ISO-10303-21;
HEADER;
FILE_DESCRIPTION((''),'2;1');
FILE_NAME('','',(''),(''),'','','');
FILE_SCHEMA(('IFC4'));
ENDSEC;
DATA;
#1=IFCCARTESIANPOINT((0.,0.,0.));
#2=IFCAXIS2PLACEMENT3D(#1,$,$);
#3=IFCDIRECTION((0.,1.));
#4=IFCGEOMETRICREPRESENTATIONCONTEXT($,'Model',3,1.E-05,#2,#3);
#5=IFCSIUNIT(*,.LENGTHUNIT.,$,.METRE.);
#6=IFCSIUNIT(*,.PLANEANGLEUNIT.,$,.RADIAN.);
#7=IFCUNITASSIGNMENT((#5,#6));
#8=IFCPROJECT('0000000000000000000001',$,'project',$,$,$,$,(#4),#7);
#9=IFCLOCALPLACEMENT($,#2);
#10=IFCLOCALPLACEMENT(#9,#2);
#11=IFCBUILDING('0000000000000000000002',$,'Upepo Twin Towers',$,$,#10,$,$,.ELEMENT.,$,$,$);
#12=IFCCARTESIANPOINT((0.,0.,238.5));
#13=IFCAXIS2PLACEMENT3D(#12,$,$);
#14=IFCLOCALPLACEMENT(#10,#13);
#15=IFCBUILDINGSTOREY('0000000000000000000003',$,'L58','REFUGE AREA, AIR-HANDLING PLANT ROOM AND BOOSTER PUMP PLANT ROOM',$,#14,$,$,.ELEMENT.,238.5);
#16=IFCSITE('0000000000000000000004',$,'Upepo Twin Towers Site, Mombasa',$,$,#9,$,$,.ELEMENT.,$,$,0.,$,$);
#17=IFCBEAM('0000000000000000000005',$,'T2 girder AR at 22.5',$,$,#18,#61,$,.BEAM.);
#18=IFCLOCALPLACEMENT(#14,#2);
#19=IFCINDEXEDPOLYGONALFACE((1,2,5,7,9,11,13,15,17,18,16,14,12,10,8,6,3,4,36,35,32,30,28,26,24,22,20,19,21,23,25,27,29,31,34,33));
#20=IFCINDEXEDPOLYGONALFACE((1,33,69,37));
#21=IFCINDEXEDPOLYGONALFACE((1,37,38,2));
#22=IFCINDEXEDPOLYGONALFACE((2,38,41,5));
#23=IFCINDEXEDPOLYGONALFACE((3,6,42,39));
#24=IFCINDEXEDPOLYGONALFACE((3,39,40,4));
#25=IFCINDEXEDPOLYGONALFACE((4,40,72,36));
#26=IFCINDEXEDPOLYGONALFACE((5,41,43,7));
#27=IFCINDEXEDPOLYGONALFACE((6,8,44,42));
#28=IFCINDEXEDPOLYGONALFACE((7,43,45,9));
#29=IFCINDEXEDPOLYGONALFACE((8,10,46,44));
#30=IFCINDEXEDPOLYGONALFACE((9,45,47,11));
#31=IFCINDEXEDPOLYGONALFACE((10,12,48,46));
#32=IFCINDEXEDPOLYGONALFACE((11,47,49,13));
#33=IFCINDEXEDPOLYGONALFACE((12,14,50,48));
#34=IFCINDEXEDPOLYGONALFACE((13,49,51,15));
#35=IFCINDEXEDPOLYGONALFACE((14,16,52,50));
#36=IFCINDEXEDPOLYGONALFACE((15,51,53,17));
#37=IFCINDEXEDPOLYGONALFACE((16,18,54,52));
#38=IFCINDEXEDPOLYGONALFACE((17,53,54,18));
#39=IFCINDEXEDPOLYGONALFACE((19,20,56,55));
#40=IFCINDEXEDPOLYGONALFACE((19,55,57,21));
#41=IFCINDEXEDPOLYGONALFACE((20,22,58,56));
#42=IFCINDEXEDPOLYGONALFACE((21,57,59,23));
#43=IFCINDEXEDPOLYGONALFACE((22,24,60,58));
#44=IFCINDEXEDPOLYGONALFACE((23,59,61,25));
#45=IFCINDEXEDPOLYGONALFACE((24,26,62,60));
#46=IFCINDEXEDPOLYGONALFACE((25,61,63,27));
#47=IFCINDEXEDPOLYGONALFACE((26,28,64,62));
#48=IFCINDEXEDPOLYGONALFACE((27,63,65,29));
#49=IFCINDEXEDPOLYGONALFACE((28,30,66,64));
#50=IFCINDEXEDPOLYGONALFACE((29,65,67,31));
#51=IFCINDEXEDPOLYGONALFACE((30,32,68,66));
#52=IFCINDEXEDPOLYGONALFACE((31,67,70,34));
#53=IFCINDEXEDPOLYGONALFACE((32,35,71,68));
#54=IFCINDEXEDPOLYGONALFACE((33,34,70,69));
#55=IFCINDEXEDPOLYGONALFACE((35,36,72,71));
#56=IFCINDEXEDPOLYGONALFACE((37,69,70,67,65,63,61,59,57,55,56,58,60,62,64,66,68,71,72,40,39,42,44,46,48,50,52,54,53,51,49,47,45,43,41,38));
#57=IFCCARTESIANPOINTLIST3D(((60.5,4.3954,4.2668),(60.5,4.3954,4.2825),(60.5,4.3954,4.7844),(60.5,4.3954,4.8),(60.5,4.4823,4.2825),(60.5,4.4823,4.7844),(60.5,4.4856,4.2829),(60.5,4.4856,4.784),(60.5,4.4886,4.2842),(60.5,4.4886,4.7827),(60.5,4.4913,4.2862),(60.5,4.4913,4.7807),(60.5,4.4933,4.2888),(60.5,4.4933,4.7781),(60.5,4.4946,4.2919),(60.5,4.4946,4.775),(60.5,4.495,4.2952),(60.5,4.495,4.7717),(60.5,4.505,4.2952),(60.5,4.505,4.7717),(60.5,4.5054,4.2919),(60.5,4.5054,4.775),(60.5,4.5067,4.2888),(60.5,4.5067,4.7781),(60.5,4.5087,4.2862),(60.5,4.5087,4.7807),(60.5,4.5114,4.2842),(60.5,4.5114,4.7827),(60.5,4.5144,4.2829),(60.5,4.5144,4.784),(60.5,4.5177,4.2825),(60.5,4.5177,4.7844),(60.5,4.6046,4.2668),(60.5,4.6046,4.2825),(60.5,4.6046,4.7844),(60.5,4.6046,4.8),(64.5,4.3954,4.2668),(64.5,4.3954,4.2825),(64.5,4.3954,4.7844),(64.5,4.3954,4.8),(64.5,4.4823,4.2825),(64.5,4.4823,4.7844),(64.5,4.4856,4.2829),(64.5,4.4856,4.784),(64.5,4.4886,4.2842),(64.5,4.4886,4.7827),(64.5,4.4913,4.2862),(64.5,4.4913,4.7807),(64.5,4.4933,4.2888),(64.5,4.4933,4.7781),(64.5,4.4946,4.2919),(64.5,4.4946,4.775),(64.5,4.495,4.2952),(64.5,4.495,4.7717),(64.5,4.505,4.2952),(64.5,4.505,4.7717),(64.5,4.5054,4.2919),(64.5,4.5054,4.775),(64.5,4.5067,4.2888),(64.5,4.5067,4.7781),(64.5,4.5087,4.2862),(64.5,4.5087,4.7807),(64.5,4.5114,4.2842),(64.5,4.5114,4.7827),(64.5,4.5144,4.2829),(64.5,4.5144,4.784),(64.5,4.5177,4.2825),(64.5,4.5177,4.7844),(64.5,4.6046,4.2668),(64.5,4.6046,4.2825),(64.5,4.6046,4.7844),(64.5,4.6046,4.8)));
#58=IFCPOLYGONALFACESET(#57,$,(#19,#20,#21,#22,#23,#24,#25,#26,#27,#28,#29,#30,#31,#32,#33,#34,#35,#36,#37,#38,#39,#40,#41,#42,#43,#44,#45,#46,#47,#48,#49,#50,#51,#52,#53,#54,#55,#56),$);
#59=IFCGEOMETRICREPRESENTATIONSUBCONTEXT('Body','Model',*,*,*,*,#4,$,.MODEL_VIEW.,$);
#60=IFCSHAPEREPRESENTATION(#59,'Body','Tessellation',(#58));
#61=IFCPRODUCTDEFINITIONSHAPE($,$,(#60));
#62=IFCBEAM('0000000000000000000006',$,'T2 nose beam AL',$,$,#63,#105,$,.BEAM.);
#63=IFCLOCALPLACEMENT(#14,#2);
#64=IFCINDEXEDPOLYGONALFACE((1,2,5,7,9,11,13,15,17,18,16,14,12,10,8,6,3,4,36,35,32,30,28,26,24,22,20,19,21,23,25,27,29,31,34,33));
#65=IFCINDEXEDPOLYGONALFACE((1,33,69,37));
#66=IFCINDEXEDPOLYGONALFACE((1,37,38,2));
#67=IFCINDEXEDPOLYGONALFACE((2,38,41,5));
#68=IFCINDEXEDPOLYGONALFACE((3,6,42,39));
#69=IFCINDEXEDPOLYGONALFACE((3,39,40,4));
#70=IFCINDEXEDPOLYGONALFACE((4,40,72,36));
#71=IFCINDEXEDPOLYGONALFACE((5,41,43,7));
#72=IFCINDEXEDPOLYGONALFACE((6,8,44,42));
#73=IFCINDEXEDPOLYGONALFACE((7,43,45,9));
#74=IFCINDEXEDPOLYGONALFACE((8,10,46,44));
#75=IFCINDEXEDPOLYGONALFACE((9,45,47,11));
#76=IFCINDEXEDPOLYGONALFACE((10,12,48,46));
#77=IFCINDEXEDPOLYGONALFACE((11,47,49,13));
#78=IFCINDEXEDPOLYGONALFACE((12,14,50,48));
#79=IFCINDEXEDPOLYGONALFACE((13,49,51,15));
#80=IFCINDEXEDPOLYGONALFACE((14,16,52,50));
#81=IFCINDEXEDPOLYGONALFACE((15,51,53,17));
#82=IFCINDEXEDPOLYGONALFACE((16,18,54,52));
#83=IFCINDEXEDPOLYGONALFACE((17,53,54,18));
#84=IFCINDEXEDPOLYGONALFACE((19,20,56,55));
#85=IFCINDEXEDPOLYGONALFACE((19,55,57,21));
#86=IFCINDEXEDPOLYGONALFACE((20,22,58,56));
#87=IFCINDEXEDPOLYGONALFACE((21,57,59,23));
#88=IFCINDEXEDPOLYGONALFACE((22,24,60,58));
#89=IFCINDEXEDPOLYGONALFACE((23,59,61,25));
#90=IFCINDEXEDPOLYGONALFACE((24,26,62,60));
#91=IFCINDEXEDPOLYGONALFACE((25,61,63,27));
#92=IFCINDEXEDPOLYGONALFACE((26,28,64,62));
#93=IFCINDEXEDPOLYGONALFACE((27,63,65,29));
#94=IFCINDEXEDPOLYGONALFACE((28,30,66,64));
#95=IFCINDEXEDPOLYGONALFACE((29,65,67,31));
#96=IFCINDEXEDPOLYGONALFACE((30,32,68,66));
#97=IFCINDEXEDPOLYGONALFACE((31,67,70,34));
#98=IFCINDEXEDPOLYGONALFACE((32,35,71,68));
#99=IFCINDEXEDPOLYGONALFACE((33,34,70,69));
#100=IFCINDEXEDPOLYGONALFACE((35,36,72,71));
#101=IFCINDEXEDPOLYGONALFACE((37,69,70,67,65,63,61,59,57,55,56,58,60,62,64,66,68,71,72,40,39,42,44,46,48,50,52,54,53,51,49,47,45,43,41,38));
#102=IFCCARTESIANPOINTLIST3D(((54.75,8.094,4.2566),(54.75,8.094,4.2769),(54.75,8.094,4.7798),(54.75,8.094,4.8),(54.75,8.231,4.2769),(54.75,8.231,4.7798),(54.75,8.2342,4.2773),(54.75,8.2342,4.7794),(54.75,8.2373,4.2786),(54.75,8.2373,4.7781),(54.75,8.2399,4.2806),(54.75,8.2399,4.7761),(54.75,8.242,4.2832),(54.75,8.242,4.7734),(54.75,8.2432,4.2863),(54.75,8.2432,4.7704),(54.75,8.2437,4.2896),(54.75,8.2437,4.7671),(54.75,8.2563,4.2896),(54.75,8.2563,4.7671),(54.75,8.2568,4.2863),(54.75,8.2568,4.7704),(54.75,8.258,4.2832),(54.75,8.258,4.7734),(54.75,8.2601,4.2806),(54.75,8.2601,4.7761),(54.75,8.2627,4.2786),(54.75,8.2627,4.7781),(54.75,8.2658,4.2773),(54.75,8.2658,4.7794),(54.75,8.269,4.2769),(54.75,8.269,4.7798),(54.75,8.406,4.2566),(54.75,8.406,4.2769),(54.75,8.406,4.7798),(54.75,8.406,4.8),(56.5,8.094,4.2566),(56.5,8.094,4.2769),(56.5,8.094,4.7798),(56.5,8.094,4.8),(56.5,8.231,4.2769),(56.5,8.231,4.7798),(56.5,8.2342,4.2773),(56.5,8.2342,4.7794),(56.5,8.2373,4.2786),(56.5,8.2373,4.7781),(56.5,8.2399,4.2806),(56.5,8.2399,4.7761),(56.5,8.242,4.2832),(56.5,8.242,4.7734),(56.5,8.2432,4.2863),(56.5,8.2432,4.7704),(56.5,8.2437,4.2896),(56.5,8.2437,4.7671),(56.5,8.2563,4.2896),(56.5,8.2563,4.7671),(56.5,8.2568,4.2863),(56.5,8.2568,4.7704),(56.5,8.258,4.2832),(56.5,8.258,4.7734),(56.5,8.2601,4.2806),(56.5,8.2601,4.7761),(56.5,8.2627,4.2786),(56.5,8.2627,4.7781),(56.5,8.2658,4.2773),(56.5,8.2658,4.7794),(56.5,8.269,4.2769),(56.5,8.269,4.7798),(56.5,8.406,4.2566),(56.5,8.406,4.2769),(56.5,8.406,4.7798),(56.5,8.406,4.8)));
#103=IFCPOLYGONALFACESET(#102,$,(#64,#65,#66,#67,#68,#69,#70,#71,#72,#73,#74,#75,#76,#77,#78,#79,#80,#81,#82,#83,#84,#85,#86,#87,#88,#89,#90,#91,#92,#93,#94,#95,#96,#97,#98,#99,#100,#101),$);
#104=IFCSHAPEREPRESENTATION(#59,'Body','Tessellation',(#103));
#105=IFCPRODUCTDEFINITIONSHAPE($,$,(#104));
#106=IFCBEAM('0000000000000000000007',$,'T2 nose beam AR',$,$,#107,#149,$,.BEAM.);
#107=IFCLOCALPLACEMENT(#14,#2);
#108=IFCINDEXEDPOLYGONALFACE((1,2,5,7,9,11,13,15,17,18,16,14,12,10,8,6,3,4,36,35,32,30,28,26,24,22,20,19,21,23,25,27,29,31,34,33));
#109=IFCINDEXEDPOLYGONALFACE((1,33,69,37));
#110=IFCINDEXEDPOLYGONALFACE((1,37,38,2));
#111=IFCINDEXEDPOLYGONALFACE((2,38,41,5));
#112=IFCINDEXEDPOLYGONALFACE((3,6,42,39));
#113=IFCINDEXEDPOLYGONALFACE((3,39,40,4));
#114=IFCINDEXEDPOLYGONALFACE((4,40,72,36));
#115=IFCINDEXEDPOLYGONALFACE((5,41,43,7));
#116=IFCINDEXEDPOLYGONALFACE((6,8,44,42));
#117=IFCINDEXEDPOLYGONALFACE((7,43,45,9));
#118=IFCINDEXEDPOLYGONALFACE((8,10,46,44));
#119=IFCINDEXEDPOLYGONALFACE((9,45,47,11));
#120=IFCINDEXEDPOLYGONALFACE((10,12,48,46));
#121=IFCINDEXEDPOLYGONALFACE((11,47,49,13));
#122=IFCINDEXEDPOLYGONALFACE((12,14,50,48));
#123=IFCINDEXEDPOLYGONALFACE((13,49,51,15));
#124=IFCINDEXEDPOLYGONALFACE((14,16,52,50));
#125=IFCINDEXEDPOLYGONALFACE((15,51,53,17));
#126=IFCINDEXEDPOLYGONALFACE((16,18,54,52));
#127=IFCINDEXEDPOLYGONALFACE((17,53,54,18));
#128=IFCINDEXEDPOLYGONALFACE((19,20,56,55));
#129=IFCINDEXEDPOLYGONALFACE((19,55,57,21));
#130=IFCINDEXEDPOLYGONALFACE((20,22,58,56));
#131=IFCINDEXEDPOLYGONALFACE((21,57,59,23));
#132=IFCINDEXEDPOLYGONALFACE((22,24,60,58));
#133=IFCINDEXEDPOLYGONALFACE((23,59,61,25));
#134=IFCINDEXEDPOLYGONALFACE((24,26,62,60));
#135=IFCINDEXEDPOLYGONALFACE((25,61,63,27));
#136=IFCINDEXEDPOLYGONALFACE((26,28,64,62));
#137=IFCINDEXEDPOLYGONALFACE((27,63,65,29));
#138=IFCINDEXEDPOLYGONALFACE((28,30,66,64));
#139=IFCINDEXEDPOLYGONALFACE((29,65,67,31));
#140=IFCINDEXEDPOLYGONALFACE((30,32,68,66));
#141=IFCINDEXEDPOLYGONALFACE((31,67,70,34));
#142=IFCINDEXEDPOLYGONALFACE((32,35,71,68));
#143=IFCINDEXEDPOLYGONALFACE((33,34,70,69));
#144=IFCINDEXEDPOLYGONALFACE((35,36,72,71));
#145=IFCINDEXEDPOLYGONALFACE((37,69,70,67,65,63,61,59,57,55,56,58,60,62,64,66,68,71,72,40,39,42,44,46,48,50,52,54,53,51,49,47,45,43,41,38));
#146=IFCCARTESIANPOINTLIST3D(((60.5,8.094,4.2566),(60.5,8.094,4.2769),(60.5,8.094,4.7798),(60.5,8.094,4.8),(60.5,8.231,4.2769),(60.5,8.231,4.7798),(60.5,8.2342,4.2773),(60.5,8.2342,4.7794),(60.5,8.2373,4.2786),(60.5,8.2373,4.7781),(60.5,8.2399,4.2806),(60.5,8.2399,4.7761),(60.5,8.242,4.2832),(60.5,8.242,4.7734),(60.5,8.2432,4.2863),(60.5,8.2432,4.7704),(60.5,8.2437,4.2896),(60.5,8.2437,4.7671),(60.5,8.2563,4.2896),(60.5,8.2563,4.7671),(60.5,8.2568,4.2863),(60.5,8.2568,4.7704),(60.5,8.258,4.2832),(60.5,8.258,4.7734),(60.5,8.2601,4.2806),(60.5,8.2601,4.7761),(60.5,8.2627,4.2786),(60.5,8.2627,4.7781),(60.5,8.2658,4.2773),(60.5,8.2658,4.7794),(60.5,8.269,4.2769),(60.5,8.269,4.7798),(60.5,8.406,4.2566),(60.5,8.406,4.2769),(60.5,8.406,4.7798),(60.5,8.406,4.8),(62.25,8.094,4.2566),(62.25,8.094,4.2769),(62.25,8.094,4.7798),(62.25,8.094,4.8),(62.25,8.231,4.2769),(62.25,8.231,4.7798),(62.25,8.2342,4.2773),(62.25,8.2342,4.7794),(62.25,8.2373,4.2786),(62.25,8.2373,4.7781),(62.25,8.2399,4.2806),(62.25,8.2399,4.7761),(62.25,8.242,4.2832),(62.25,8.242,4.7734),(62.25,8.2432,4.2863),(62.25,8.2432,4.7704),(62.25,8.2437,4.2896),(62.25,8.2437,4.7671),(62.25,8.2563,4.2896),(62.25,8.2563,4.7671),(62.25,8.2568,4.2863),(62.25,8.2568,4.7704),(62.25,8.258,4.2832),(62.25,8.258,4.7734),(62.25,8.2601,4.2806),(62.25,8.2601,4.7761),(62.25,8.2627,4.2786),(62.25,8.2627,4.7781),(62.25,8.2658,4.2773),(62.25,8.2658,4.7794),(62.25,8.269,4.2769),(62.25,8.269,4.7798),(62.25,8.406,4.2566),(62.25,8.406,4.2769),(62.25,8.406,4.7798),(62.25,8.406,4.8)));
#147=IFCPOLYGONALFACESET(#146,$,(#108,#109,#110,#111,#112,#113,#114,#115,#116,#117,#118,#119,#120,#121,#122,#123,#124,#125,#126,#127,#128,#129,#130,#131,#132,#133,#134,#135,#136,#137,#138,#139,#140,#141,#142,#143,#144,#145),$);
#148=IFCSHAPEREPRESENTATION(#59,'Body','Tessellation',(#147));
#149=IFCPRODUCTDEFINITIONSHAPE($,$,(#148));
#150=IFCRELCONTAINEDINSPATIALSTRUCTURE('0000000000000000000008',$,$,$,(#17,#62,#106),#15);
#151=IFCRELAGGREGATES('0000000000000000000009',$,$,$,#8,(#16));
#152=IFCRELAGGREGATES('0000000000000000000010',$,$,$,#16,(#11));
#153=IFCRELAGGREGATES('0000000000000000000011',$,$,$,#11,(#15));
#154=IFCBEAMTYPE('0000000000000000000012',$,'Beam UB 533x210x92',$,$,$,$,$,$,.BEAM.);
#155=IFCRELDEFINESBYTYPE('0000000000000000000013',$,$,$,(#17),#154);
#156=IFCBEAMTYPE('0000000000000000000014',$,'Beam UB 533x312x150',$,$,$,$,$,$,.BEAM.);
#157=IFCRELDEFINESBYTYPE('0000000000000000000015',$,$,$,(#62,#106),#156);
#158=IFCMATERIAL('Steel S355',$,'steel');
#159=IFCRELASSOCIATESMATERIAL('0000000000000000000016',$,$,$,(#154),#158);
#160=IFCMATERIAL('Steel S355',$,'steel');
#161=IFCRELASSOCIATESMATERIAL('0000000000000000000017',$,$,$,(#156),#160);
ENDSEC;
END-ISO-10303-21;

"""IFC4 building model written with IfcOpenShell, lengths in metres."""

from ifc_helpers import new_model, si_unit, direction, frame, origin, origin_2d, place, context, subcontext, project, spatial, i_section, extrude, material, material_profile, profile_set, type_object, element, save


model = new_model("IFC4")

# Units and contexts
model_context = context("Model", 3, precision=1e-05, world=origin(), true_north=direction((0.0, 1.0)))
body_context = subcontext(model_context, "Body", "Model", "MODEL_VIEW")
ifc_project = project(units=[si_unit("LENGTHUNIT", "METRE"), si_unit("PLANEANGLEUNIT", "RADIAN")], contexts=[model_context])

# Site, building, storey
site_placement = place(None, origin())
site = spatial("IfcSite", under=ifc_project, at=site_placement, Name="Upepo Twin Towers Site, Mombasa", CompositionType="ELEMENT", RefElevation=0.0)
building_placement = place(site_placement, origin())
building = spatial("IfcBuilding", under=site, at=building_placement, Name="Upepo Twin Towers", CompositionType="ELEMENT")
storey_placement = place(building_placement, frame((0.0, 0.0, 238.5)))
storey = spatial("IfcBuildingStorey", under=building, at=storey_placement, Name="L58", Description="REFUGE AREA, AIR-HANDLING PLANT ROOM AND BOOSTER PUMP PLANT ROOM", CompositionType="ELEMENT", Elevation=238.5)

# Beams
ifc_material_1 = material(Name="Steel S355", Category="steel")
ifc_material_profile_1 = material_profile(ifc_material_1, i_section(OverallWidth=0.2092, OverallDepth=0.5332, WebThickness=0.01, FlangeThickness=0.0156, FilletRadius=0.0127, at=origin_2d()), Name="UB 533x210x92")
ifc_profile_set_1 = profile_set([ifc_material_profile_1], Name="Steel S355")
beam_type_1 = type_object("IfcBeamType", Name="Beam UB 533x210x92", PredefinedType="BEAM", material=ifc_profile_set_1)
for number, where, z_axis, x_axis, name in (
    (1, (64.5, 4.5, 4.5334), (-1.0, 0.0, 0.0), (0.0, -1.0, 0.0), "T2 girder AR at 22.5"),
):
    element("IfcBeam", number, at=place(storey_placement, frame(where, z_axis=z_axis, x_axis=x_axis)), inside=storey, type_object=beam_type_1, Name=name, PredefinedType="BEAM", context=body_context, shape_type="SweptSolid", body=[
        extrude(i_section(OverallWidth=0.2092, OverallDepth=0.5332, WebThickness=0.01, FlangeThickness=0.0156, FilletRadius=0.0127, at=origin_2d()), origin(), (0.0, 0.0, 1.0), 4.0),
    ])
ifc_material_2 = material(Name="Steel S355", Category="steel")
ifc_material_profile_2 = material_profile(ifc_material_2, i_section(OverallWidth=0.312, OverallDepth=0.5435, WebThickness=0.0127, FlangeThickness=0.0203, FilletRadius=0.0127, at=origin_2d()), Name="UB 533x312x150")
ifc_profile_set_2 = profile_set([ifc_material_profile_2], Name="Steel S355")
beam_type_2 = type_object("IfcBeamType", Name="Beam UB 533x312x150", PredefinedType="BEAM", material=ifc_profile_set_2)
for number, where, z_axis, x_axis, name in (
    (2, (54.75, 8.25, 4.5283), (1.0, 0.0, 0.0), (0.0, 1.0, 0.0), "T2 nose beam AL"),
    (3, (62.25, 8.25, 4.5283), (-1.0, 0.0, 0.0), (0.0, -1.0, 0.0), "T2 nose beam AR"),
):
    element("IfcBeam", number, at=place(storey_placement, frame(where, z_axis=z_axis, x_axis=x_axis)), inside=storey, type_object=beam_type_2, Name=name, PredefinedType="BEAM", context=body_context, shape_type="SweptSolid", body=[
        extrude(i_section(OverallWidth=0.312, OverallDepth=0.5435, WebThickness=0.0127, FlangeThickness=0.0203, FilletRadius=0.0127, at=origin_2d()), origin(), (0.0, 0.0, 1.0), 1.75),
    ])

save(model, "model.ifc")
